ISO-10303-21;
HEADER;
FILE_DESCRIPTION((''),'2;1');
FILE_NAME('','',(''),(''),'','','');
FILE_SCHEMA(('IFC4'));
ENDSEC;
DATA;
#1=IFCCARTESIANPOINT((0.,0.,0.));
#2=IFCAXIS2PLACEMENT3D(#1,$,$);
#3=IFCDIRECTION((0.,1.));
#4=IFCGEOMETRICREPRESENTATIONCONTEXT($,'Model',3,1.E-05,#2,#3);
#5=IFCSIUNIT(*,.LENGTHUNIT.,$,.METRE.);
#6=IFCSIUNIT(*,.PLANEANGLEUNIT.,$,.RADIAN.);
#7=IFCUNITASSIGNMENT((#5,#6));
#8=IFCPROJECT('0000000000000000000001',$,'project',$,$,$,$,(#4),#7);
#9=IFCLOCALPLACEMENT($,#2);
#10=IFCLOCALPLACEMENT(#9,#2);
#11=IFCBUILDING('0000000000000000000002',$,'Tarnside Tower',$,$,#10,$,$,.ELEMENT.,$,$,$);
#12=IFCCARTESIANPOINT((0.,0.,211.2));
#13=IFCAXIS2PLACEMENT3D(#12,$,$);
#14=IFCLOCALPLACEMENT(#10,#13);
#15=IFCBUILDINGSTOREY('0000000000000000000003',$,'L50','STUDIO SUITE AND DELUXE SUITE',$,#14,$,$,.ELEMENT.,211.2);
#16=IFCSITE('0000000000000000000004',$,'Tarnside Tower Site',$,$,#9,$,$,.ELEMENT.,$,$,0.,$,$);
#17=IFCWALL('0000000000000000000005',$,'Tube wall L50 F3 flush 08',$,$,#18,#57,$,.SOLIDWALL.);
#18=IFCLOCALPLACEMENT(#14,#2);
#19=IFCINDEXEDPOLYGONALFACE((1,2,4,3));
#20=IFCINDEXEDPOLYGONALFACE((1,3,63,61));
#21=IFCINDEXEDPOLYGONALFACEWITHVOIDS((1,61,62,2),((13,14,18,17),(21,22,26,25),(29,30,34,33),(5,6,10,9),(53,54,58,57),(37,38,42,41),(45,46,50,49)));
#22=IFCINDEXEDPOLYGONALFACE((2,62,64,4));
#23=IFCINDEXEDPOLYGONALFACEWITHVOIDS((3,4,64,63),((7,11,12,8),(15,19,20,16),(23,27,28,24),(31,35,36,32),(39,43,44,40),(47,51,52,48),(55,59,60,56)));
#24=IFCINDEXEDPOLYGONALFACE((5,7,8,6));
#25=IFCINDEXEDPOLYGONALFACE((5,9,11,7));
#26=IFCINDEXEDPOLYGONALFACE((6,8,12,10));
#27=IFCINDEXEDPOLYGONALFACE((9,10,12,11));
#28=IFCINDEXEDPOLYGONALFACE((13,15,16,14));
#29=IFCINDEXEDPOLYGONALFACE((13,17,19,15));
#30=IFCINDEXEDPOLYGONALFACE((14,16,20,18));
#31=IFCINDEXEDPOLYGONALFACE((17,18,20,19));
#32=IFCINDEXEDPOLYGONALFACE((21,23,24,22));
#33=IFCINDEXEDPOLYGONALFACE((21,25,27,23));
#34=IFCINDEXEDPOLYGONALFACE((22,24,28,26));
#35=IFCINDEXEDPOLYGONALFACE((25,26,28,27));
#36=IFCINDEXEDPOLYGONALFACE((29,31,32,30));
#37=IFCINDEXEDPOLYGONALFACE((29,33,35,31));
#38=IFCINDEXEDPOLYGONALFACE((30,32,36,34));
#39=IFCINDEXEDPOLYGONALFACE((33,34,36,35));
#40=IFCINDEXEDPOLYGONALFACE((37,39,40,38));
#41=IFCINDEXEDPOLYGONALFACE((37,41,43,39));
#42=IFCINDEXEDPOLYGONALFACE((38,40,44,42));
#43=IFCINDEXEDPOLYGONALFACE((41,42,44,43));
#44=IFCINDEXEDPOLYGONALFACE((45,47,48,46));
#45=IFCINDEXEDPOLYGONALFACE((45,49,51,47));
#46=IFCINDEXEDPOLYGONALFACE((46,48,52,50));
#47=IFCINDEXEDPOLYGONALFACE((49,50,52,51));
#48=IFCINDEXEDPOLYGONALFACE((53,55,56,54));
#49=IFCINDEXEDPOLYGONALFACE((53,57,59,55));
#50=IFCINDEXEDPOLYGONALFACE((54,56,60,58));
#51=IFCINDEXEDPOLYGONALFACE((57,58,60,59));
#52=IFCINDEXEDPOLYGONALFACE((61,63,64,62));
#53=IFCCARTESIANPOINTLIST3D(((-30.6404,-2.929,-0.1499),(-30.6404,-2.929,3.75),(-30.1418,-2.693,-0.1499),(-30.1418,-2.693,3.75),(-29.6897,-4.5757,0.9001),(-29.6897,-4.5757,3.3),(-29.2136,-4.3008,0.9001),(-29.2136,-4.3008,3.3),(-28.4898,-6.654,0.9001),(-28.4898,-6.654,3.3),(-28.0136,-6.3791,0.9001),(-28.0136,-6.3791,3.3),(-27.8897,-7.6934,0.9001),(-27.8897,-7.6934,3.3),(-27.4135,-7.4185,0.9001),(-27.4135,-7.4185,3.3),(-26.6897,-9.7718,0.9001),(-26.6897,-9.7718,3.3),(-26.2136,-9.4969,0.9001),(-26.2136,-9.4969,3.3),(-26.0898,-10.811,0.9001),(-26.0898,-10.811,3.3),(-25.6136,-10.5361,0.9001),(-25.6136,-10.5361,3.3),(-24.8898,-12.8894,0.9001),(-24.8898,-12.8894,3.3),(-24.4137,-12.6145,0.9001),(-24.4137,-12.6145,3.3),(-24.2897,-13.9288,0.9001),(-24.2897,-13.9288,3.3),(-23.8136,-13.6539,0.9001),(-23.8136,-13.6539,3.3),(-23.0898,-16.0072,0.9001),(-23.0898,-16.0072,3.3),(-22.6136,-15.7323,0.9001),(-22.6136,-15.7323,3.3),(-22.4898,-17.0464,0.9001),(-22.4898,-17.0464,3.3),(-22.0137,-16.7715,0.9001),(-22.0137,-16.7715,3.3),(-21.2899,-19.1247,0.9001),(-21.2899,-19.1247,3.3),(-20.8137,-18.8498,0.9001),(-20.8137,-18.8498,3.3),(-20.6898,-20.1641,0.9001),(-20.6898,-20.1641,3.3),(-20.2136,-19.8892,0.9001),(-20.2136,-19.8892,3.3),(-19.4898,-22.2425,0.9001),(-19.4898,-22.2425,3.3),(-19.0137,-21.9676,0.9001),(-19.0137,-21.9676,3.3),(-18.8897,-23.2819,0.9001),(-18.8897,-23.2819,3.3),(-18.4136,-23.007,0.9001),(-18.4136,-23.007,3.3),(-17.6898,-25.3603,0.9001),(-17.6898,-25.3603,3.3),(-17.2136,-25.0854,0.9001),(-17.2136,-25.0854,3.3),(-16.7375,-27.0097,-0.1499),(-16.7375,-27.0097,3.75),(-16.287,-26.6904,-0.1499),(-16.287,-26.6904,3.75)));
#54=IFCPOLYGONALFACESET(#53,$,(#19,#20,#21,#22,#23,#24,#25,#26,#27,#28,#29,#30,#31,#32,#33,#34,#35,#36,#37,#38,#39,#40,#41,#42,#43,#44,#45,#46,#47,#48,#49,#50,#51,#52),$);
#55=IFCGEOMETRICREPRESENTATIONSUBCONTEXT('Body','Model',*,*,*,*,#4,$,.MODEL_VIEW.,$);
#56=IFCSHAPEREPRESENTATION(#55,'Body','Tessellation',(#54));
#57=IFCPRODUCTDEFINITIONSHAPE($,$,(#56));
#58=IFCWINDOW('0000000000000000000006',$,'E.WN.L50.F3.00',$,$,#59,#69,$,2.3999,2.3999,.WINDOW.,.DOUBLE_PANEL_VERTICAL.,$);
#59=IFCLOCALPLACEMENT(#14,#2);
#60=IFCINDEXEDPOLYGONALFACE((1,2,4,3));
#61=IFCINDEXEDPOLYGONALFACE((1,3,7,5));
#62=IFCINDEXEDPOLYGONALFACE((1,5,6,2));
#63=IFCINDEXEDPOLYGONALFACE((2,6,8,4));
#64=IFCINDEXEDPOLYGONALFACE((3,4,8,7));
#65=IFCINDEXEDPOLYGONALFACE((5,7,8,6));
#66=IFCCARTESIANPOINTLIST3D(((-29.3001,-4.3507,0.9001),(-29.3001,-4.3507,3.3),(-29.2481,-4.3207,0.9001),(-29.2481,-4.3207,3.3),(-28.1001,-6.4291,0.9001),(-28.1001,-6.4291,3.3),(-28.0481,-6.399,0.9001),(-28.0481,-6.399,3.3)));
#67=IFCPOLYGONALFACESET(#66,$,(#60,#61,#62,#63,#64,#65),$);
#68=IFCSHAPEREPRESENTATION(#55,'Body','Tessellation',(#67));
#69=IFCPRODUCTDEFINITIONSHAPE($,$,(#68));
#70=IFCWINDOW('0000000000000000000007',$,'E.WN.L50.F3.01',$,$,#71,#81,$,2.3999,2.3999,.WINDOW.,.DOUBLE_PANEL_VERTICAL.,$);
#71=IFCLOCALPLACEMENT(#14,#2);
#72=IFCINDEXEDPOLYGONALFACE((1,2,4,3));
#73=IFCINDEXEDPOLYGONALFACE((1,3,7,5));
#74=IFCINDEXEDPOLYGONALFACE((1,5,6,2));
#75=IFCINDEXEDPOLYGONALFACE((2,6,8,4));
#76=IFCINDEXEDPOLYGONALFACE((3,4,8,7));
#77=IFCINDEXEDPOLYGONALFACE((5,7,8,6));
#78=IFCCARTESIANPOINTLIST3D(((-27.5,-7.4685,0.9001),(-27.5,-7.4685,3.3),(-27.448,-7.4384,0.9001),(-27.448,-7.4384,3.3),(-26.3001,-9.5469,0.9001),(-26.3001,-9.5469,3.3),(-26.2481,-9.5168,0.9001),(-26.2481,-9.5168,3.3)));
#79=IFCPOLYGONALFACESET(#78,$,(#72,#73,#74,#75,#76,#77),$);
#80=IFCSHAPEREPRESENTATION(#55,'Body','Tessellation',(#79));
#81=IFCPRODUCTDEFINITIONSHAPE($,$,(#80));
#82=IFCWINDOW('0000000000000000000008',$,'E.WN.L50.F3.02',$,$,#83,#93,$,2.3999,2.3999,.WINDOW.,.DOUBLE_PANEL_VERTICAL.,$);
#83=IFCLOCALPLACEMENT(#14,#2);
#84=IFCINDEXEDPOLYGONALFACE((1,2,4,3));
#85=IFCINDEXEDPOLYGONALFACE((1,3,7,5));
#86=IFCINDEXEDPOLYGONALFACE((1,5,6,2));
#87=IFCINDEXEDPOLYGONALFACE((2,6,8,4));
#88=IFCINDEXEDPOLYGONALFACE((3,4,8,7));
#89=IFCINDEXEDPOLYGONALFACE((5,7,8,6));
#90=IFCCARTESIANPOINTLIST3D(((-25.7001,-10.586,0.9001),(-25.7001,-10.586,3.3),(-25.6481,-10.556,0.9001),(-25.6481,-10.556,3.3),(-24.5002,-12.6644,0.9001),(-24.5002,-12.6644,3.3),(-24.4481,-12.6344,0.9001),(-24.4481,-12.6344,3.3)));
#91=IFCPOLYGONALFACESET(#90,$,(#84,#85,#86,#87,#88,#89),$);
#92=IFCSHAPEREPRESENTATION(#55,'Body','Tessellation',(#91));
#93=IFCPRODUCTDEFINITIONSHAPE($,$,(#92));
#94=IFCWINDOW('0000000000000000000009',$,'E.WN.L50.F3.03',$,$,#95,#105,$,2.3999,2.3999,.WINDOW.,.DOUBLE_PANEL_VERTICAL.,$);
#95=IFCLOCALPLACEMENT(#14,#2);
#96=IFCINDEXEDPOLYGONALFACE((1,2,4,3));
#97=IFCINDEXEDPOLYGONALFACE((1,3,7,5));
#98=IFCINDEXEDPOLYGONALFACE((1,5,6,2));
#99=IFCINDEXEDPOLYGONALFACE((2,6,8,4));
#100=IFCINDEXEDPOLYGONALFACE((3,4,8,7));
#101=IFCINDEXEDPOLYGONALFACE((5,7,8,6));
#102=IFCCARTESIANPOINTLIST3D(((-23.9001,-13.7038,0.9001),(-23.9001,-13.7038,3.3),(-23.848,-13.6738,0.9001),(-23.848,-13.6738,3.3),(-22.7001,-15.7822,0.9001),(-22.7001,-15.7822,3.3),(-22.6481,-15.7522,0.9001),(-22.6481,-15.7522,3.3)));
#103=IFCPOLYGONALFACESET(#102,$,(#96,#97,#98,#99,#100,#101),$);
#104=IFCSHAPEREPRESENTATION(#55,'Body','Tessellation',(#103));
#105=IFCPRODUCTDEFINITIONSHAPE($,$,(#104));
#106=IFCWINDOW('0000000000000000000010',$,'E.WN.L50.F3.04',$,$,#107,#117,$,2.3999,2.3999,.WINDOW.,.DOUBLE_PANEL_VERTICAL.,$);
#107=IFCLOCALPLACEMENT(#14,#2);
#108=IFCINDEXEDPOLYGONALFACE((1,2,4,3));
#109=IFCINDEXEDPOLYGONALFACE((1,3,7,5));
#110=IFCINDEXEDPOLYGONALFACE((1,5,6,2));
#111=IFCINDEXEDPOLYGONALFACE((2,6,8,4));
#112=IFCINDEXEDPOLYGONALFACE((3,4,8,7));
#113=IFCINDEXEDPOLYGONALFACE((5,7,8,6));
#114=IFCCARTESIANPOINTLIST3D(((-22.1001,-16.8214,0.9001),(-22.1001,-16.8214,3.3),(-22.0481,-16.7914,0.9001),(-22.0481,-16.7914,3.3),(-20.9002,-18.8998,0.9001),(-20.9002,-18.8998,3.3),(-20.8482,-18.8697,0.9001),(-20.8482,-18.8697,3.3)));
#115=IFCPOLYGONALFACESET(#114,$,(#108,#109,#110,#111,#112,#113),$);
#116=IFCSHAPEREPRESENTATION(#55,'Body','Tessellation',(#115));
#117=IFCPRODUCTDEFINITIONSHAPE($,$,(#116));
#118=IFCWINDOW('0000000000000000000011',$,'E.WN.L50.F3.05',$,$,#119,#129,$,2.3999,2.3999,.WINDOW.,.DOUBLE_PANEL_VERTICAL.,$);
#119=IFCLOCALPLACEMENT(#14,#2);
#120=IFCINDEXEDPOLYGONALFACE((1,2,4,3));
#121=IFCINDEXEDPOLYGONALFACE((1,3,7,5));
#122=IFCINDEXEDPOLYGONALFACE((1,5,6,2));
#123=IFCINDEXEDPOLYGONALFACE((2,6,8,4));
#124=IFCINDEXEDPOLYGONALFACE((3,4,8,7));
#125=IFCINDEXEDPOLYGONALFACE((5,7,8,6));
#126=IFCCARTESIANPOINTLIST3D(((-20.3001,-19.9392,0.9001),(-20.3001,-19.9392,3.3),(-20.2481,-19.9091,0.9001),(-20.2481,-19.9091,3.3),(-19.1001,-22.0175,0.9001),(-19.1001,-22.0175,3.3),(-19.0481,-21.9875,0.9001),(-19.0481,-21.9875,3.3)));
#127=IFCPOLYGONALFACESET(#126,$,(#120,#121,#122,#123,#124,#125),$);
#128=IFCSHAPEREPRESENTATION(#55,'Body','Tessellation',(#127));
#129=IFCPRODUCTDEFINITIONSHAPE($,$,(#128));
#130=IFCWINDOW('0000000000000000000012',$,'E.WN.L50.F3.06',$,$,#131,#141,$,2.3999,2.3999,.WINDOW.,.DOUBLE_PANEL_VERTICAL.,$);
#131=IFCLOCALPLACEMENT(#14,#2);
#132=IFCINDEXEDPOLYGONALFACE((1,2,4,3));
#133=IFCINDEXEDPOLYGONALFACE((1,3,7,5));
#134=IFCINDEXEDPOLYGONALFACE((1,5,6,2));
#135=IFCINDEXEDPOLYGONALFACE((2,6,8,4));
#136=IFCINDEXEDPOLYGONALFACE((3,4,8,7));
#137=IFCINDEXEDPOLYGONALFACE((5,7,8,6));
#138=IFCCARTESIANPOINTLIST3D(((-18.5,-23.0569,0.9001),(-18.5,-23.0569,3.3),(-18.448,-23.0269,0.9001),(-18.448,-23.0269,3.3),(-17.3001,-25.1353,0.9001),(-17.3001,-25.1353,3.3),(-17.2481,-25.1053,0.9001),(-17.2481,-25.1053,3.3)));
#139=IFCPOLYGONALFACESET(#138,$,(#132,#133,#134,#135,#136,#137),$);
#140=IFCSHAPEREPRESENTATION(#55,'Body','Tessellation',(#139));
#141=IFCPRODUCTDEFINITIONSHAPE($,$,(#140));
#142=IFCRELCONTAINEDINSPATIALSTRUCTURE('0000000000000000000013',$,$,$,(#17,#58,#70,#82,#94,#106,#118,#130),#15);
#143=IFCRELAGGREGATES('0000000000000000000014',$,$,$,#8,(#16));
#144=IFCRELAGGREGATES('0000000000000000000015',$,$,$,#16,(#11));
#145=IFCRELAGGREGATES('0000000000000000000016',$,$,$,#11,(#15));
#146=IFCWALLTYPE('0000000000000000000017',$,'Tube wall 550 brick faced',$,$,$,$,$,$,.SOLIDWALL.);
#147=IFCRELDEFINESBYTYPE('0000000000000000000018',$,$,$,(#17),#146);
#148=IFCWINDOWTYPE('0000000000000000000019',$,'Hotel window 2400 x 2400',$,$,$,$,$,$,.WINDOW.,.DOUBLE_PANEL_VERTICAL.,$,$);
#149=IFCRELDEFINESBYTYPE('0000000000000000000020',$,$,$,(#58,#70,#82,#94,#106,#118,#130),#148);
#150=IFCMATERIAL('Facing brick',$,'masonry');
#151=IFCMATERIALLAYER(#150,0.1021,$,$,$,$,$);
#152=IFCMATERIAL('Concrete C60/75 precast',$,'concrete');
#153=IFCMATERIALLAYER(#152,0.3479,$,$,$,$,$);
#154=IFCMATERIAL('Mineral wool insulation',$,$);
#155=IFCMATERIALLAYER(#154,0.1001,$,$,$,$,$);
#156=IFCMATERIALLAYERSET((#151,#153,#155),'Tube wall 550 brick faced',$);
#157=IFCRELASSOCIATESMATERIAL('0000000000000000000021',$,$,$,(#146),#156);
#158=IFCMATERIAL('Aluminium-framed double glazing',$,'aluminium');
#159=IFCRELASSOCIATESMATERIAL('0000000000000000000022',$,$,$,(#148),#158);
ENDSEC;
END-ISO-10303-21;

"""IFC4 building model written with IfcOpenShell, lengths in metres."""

from ifc_helpers import new_model, si_unit, direction, frame, frame_2d, origin, place, context, subcontext, project, spatial, polyline, rectangle, outline, extrude, material, layer, layer_set, type_object, element, fill, save


model = new_model("IFC4")

# Units and contexts
model_context = context("Model", 3, precision=1e-05, world=origin(), true_north=direction((0.0, 1.0)))
body_context = subcontext(model_context, "Body", "Model", "MODEL_VIEW")
ifc_project = project(units=[si_unit("LENGTHUNIT", "METRE"), si_unit("PLANEANGLEUNIT", "RADIAN")], contexts=[model_context])

# Site, building, storey
site_placement = place(None, origin())
site = spatial("IfcSite", under=ifc_project, at=site_placement, Name="Tarnside Tower Site", CompositionType="ELEMENT", RefElevation=0.0)
building_placement = place(site_placement, origin())
building = spatial("IfcBuilding", under=site, at=building_placement, Name="Tarnside Tower", CompositionType="ELEMENT")
storey_placement = place(building_placement, frame((0.0, 0.0, 211.2)))
storey = spatial("IfcBuildingStorey", under=building, at=storey_placement, Name="L50", Description="STUDIO SUITE AND DELUXE SUITE", CompositionType="ELEMENT", Elevation=211.2)

# Shared definitions
ifc_material_1 = material(Name="Facing brick", Category="masonry")
ifc_layer_1 = layer(ifc_material_1, 0.1021)
ifc_material_2 = material(Name="Concrete C60/75 precast", Category="concrete")
ifc_layer_2 = layer(ifc_material_2, 0.3479)
ifc_material_3 = material(Name="Mineral wool insulation")
ifc_layer_3 = layer(ifc_material_3, 0.1001)
ifc_layer_set_1 = layer_set([ifc_layer_1, ifc_layer_2, ifc_layer_3], Name="Tube wall 550 brick faced")
wall_type_1 = type_object("IfcWallType", Name="Tube wall 550 brick faced", PredefinedType="SOLIDWALL", material=ifc_layer_set_1)

# Wall, openings, windows
wall_1_placement = place(storey_placement, frame((-30.3911, -2.811, -0.1499), z_axis=(0.0, 0.0, 1.0), x_axis=(0.499999, -0.866026, 0.0)))
wall_1 = element("IfcWall", 1, at=wall_1_placement, inside=storey, type_object=wall_type_1, Name="Tube wall L50 F3 flush 08", PredefinedType="SOLIDWALL", context=body_context, shape_type="SweptSolid", body=[
    extrude(outline(polyline([(-0.0225, -0.2749), (27.7834, -0.2749), (27.7322, 0.2749), (0.0225, 0.2749), (-0.0225, -0.2749)])), origin(), (0.0, 0.0, 1.0), 3.8999),
])
opening_1_placement = place(wall_1_placement, frame((1.8789, 0.0, 1.05)))
opening_1 = element("IfcOpeningElement", 2, at=opening_1_placement, cuts=wall_1, PredefinedType="OPENING", context=body_context, shape_type="SweptSolid", body=[
    extrude(rectangle(XDim=2.3999, YDim=2.3999, at=frame_2d((1.2, 1.2))), frame((0.0, 0.2852, 0.0), z_axis=(0.0, -1.0, 0.0), x_axis=(1.0, 0.0, 0.0)), (0.0, 0.0, 1.0), 0.5701),
])
opening_2_placement = place(wall_1_placement, frame((5.479, 0.0, 1.05)))
opening_2 = element("IfcOpeningElement", 3, at=opening_2_placement, cuts=wall_1, PredefinedType="OPENING", context=body_context, shape_type="SweptSolid", body=[
    extrude(rectangle(XDim=2.3999, YDim=2.3999, at=frame_2d((1.2, 1.2))), frame((0.0, 0.2852, 0.0), z_axis=(0.0, -1.0, 0.0), x_axis=(1.0, 0.0, 0.0)), (0.0, 0.0, 1.0), 0.5701),
])
opening_3_placement = place(wall_1_placement, frame((9.0789, 0.0, 1.05)))
opening_3 = element("IfcOpeningElement", 4, at=opening_3_placement, cuts=wall_1, PredefinedType="OPENING", context=body_context, shape_type="SweptSolid", body=[
    extrude(rectangle(XDim=2.3999, YDim=2.3999, at=frame_2d((1.2, 1.2))), frame((0.0, 0.2852, 0.0), z_axis=(0.0, -1.0, 0.0), x_axis=(1.0, 0.0, 0.0)), (0.0, 0.0, 1.0), 0.5701),
])
opening_4_placement = place(wall_1_placement, frame((12.679, 0.0, 1.05)))
opening_4 = element("IfcOpeningElement", 5, at=opening_4_placement, cuts=wall_1, PredefinedType="OPENING", context=body_context, shape_type="SweptSolid", body=[
    extrude(rectangle(XDim=2.3999, YDim=2.3999, at=frame_2d((1.2, 1.2))), frame((0.0, 0.2852, 0.0), z_axis=(0.0, -1.0, 0.0), x_axis=(1.0, 0.0, 0.0)), (0.0, 0.0, 1.0), 0.5701),
])
opening_5_placement = place(wall_1_placement, frame((16.2788, 0.0, 1.05)))
opening_5 = element("IfcOpeningElement", 6, at=opening_5_placement, cuts=wall_1, PredefinedType="OPENING", context=body_context, shape_type="SweptSolid", body=[
    extrude(rectangle(XDim=2.3999, YDim=2.3999, at=frame_2d((1.2, 1.2))), frame((0.0, 0.2852, 0.0), z_axis=(0.0, -1.0, 0.0), x_axis=(1.0, 0.0, 0.0)), (0.0, 0.0, 1.0), 0.5701),
])
opening_6_placement = place(wall_1_placement, frame((19.8789, 0.0, 1.05)))
opening_6 = element("IfcOpeningElement", 7, at=opening_6_placement, cuts=wall_1, PredefinedType="OPENING", context=body_context, shape_type="SweptSolid", body=[
    extrude(rectangle(XDim=2.3999, YDim=2.3999, at=frame_2d((1.2, 1.2))), frame((0.0, 0.2852, 0.0), z_axis=(0.0, -1.0, 0.0), x_axis=(1.0, 0.0, 0.0)), (0.0, 0.0, 1.0), 0.5701),
])
opening_7_placement = place(wall_1_placement, frame((23.479, 0.0, 1.05)))
opening_7 = element("IfcOpeningElement", 8, at=opening_7_placement, cuts=wall_1, PredefinedType="OPENING", context=body_context, shape_type="SweptSolid", body=[
    extrude(rectangle(XDim=2.3999, YDim=2.3999, at=frame_2d((1.2, 1.2))), frame((0.0, 0.2852, 0.0), z_axis=(0.0, -1.0, 0.0), x_axis=(1.0, 0.0, 0.0)), (0.0, 0.0, 1.0), 0.5701),
])
ifc_material_4 = material(Name="Aluminium-framed double glazing", Category="aluminium")
window_type = type_object("IfcWindowType", Name="Hotel window 2400 x 2400", PartitioningType="DOUBLE_PANEL_VERTICAL", PredefinedType="WINDOW", material=ifc_material_4)
window_1_placement = place(opening_1_placement, frame((0.0, 0.2051, 0.0)))
window_1 = element("IfcWindow", 9, at=window_1_placement, inside=storey, type_object=window_type, Name="E.WN.L50.F3.00", OverallHeight=2.3999, OverallWidth=2.3999, PartitioningType="DOUBLE_PANEL_VERTICAL", PredefinedType="WINDOW", context=body_context, shape_type="SweptSolid", body=[
    extrude(rectangle(XDim=2.3999, YDim=2.3999, at=frame_2d((1.2, 1.2))), frame((0.0, 0.03, 0.0), z_axis=(0.0, -1.0, 0.0), x_axis=(1.0, 0.0, 0.0)), (0.0, 0.0, 1.0), 0.0601),
])
fill(opening_1, window_1)
window_2_placement = place(opening_2_placement, frame((0.0, 0.2051, 0.0)))
window_2 = element("IfcWindow", 10, at=window_2_placement, inside=storey, type_object=window_type, Name="E.WN.L50.F3.01", OverallHeight=2.3999, OverallWidth=2.3999, PartitioningType="DOUBLE_PANEL_VERTICAL", PredefinedType="WINDOW", context=body_context, shape_type="SweptSolid", body=[
    extrude(rectangle(XDim=2.3999, YDim=2.3999, at=frame_2d((1.2, 1.2))), frame((0.0, 0.03, 0.0), z_axis=(0.0, -1.0, 0.0), x_axis=(1.0, 0.0, 0.0)), (0.0, 0.0, 1.0), 0.0601),
])
fill(opening_2, window_2)
window_3_placement = place(opening_3_placement, frame((0.0, 0.2051, 0.0)))
window_3 = element("IfcWindow", 11, at=window_3_placement, inside=storey, type_object=window_type, Name="E.WN.L50.F3.02", OverallHeight=2.3999, OverallWidth=2.3999, PartitioningType="DOUBLE_PANEL_VERTICAL", PredefinedType="WINDOW", context=body_context, shape_type="SweptSolid", body=[
    extrude(rectangle(XDim=2.3999, YDim=2.3999, at=frame_2d((1.2, 1.2))), frame((0.0, 0.03, 0.0), z_axis=(0.0, -1.0, 0.0), x_axis=(1.0, 0.0, 0.0)), (0.0, 0.0, 1.0), 0.0601),
])
fill(opening_3, window_3)
window_4_placement = place(opening_4_placement, frame((0.0, 0.2051, 0.0)))
window_4 = element("IfcWindow", 12, at=window_4_placement, inside=storey, type_object=window_type, Name="E.WN.L50.F3.03", OverallHeight=2.3999, OverallWidth=2.3999, PartitioningType="DOUBLE_PANEL_VERTICAL", PredefinedType="WINDOW", context=body_context, shape_type="SweptSolid", body=[
    extrude(rectangle(XDim=2.3999, YDim=2.3999, at=frame_2d((1.2, 1.2))), frame((0.0, 0.03, 0.0), z_axis=(0.0, -1.0, 0.0), x_axis=(1.0, 0.0, 0.0)), (0.0, 0.0, 1.0), 0.0601),
])
fill(opening_4, window_4)
window_5_placement = place(opening_5_placement, frame((0.0, 0.2051, 0.0)))
window_5 = element("IfcWindow", 13, at=window_5_placement, inside=storey, type_object=window_type, Name="E.WN.L50.F3.04", OverallHeight=2.3999, OverallWidth=2.3999, PartitioningType="DOUBLE_PANEL_VERTICAL", PredefinedType="WINDOW", context=body_context, shape_type="SweptSolid", body=[
    extrude(rectangle(XDim=2.3999, YDim=2.3999, at=frame_2d((1.2, 1.2))), frame((0.0, 0.03, 0.0), z_axis=(0.0, -1.0, 0.0), x_axis=(1.0, 0.0, 0.0)), (0.0, 0.0, 1.0), 0.0601),
])
fill(opening_5, window_5)
window_6_placement = place(opening_6_placement, frame((0.0, 0.2051, 0.0)))
window_6 = element("IfcWindow", 14, at=window_6_placement, inside=storey, type_object=window_type, Name="E.WN.L50.F3.05", OverallHeight=2.3999, OverallWidth=2.3999, PartitioningType="DOUBLE_PANEL_VERTICAL", PredefinedType="WINDOW", context=body_context, shape_type="SweptSolid", body=[
    extrude(rectangle(XDim=2.3999, YDim=2.3999, at=frame_2d((1.2, 1.2))), frame((0.0, 0.03, 0.0), z_axis=(0.0, -1.0, 0.0), x_axis=(1.0, 0.0, 0.0)), (0.0, 0.0, 1.0), 0.0601),
])
fill(opening_6, window_6)
window_7_placement = place(opening_7_placement, frame((0.0, 0.2051, 0.0)))
window_7 = element("IfcWindow", 15, at=window_7_placement, inside=storey, type_object=window_type, Name="E.WN.L50.F3.06", OverallHeight=2.3999, OverallWidth=2.3999, PartitioningType="DOUBLE_PANEL_VERTICAL", PredefinedType="WINDOW", context=body_context, shape_type="SweptSolid", body=[
    extrude(rectangle(XDim=2.3999, YDim=2.3999, at=frame_2d((1.2, 1.2))), frame((0.0, 0.03, 0.0), z_axis=(0.0, -1.0, 0.0), x_axis=(1.0, 0.0, 0.0)), (0.0, 0.0, 1.0), 0.0601),
])
fill(opening_7, window_7)

save(model, "model.ifc")
